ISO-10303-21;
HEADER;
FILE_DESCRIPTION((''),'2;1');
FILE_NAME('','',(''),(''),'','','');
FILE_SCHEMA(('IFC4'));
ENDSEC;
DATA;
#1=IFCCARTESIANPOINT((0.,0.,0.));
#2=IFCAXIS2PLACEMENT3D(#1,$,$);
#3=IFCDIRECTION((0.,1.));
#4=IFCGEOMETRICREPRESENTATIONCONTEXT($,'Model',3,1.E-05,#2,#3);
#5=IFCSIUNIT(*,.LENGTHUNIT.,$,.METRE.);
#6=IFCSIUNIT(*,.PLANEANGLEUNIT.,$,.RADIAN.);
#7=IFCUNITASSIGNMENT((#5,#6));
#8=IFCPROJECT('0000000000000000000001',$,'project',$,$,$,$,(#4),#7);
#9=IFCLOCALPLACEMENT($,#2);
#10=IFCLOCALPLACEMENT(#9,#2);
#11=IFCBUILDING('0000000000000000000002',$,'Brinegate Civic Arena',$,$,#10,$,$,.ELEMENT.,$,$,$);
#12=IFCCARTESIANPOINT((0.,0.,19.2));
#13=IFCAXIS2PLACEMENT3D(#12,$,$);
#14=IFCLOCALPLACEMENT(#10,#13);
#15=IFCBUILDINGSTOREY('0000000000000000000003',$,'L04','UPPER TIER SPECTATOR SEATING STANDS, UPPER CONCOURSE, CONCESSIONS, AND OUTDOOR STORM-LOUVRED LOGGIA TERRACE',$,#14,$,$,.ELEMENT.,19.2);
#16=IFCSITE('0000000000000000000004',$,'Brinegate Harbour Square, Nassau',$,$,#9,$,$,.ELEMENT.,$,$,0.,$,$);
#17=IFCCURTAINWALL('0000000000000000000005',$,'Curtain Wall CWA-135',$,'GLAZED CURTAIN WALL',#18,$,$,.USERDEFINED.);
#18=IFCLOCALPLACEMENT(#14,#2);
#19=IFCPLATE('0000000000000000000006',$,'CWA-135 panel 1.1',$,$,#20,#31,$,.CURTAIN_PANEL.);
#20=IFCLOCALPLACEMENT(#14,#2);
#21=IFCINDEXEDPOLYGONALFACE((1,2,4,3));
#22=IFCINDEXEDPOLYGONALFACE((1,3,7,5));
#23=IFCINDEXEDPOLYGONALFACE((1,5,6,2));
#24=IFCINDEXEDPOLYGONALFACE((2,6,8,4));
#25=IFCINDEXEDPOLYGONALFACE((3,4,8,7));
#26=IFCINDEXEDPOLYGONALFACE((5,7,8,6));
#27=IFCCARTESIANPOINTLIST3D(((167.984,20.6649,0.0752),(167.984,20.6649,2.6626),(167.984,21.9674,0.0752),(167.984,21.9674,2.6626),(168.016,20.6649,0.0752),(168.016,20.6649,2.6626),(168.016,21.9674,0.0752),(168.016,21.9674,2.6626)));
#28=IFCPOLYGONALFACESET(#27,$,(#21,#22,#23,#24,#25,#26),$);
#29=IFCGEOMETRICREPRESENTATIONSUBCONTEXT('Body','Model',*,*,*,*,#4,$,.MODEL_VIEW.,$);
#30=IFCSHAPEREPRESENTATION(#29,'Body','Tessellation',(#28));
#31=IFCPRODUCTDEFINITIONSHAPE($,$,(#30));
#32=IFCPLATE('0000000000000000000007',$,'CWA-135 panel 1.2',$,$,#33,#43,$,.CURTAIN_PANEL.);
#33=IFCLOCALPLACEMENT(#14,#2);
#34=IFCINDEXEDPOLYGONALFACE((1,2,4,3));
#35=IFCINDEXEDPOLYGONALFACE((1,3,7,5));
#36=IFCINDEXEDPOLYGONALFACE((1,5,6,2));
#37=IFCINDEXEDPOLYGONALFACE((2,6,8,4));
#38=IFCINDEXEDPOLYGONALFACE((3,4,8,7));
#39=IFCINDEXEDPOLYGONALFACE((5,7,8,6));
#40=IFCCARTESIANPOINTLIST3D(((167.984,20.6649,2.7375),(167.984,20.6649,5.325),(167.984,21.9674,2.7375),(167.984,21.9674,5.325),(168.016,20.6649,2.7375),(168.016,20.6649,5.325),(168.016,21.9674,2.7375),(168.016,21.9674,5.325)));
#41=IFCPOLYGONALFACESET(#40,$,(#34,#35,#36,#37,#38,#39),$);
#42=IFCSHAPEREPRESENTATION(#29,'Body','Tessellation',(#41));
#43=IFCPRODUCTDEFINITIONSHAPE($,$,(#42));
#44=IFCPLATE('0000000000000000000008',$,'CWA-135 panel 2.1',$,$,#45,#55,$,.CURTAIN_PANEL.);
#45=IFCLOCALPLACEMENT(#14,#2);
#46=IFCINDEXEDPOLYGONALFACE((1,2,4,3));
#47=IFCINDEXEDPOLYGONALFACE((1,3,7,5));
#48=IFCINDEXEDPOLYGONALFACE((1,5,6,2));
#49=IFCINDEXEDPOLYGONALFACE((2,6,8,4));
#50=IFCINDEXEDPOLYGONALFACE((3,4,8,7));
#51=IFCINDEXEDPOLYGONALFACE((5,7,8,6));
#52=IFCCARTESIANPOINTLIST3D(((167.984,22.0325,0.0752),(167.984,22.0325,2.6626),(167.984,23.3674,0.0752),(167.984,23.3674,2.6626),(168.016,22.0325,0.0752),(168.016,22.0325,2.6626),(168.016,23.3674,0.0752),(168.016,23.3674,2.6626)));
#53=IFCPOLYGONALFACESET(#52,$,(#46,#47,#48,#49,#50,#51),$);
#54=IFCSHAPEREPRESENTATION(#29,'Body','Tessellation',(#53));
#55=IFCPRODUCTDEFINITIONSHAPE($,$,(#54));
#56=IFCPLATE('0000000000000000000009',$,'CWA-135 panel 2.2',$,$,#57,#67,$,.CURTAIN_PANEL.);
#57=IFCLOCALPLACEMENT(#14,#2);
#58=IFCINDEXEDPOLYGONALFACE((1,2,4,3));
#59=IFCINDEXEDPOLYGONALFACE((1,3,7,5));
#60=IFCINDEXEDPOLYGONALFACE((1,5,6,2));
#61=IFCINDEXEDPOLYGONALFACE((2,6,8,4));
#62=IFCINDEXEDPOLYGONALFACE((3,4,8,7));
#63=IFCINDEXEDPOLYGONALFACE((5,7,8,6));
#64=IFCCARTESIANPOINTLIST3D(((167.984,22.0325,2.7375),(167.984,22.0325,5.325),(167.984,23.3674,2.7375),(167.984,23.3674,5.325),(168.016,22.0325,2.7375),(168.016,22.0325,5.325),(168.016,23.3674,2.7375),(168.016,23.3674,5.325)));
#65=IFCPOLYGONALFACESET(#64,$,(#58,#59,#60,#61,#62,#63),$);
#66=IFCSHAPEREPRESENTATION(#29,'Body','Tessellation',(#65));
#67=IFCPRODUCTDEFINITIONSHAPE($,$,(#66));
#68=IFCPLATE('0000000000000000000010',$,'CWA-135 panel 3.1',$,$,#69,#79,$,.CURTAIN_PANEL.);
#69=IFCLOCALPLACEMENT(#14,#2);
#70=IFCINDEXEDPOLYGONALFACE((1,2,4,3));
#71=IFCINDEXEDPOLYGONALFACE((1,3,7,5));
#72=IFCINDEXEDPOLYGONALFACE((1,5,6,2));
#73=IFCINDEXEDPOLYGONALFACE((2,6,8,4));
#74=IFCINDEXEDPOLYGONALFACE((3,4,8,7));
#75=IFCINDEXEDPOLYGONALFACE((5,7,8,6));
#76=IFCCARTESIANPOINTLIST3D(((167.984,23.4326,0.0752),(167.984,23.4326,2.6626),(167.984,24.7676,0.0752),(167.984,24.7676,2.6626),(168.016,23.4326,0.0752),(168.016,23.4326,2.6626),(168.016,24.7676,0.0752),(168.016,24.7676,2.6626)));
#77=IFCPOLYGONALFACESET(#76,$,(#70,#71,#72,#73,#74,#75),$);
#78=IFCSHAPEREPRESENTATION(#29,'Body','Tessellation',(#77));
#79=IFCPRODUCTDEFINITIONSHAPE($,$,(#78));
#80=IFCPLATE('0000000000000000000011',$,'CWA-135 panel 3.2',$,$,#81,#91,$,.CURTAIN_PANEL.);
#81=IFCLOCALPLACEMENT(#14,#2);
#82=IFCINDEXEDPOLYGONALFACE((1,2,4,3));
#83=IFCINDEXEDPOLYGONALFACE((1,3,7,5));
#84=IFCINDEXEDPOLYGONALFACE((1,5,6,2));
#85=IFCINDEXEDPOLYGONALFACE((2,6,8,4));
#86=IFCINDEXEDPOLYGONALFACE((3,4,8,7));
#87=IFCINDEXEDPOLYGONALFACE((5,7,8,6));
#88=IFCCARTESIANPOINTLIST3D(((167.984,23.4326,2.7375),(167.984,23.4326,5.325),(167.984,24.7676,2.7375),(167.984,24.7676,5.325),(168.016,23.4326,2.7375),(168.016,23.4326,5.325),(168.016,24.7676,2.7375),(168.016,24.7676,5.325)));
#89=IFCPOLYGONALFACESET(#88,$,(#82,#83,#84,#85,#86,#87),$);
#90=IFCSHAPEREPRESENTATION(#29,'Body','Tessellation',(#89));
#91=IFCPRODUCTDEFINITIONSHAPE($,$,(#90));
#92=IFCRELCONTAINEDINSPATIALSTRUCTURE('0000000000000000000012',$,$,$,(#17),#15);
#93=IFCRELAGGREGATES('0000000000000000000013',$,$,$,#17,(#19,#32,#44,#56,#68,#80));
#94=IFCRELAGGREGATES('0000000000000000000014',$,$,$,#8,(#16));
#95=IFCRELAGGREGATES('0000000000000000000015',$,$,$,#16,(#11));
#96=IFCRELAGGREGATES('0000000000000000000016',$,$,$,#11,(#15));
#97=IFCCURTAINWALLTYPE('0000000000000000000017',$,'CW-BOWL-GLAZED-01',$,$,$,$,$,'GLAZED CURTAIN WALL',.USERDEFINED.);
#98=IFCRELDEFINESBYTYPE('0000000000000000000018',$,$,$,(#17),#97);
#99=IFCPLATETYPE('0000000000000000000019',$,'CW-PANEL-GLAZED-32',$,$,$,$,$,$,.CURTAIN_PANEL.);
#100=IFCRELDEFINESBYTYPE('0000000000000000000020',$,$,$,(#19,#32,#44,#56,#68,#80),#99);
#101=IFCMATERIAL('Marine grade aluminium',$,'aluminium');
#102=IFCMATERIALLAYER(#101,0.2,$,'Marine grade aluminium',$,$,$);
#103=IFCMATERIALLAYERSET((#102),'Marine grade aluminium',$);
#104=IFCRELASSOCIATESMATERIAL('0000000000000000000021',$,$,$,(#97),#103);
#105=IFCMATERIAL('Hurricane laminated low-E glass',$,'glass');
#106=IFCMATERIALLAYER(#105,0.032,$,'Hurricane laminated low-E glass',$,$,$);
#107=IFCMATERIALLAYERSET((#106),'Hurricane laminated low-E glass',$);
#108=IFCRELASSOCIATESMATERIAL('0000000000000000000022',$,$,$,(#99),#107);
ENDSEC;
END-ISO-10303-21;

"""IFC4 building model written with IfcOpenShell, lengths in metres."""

from ifc_helpers import new_model, si_unit, direction, frame, origin, origin_2d, place, context, subcontext, project, spatial, rectangle, extrude, material, layer, layer_set, type_object, element, aggregate, save


model = new_model("IFC4")

# Units and contexts
model_context = context("Model", 3, precision=1e-05, world=origin(), true_north=direction((0.0, 1.0)))
body_context = subcontext(model_context, "Body", "Model", "MODEL_VIEW")
ifc_project = project(units=[si_unit("LENGTHUNIT", "METRE"), si_unit("PLANEANGLEUNIT", "RADIAN")], contexts=[model_context])

# Site, building, storey
site_placement = place(None, origin())
site = spatial("IfcSite", under=ifc_project, at=site_placement, Name="Brinegate Harbour Square, Nassau", CompositionType="ELEMENT", RefElevation=0.0)
building_placement = place(site_placement, origin())
building = spatial("IfcBuilding", under=site, at=building_placement, Name="Brinegate Civic Arena", CompositionType="ELEMENT")
storey_placement = place(building_placement, frame((0.0, 0.0, 19.2)))
storey = spatial("IfcBuildingStorey", under=building, at=storey_placement, Name="L04", Description="UPPER TIER SPECTATOR SEATING STANDS, UPPER CONCOURSE, CONCESSIONS, AND OUTDOOR STORM-LOUVRED LOGGIA TERRACE", CompositionType="ELEMENT", Elevation=19.2)

# Curtain wall
ifc_material_1 = material(Name="Marine grade aluminium", Category="aluminium")
ifc_layer_1 = layer(ifc_material_1, 0.2, Name="Marine grade aluminium")
ifc_layer_set_1 = layer_set([ifc_layer_1], Name="Marine grade aluminium")
curtain_wall_type = type_object("IfcCurtainWallType", Name="CW-BOWL-GLAZED-01", ElementType="GLAZED CURTAIN WALL", PredefinedType="USERDEFINED", material=ifc_layer_set_1)
curtain_wall_placement = place(storey_placement, origin())
curtain_wall = element("IfcCurtainWall", 1, at=curtain_wall_placement, inside=storey, type_object=curtain_wall_type, Name="Curtain Wall CWA-135", ObjectType="GLAZED CURTAIN WALL", PredefinedType="USERDEFINED")

# Plates
ifc_material_2 = material(Name="Hurricane laminated low-E glass", Category="glass")
ifc_layer_2 = layer(ifc_material_2, 0.032, Name="Hurricane laminated low-E glass")
ifc_layer_set_2 = layer_set([ifc_layer_2], Name="Hurricane laminated low-E glass")
plate_type = type_object("IfcPlateType", Name="CW-PANEL-GLAZED-32", PredefinedType="CURTAIN_PANEL", material=ifc_layer_set_2)
plate_1_placement = place(storey_placement, frame((168.0, 21.3162, 0.0752), z_axis=(0.0, 0.0, 1.0), x_axis=(0.0, 1.0, 0.0)))
plate_1 = element("IfcPlate", 2, at=plate_1_placement, type_object=plate_type, Name="CWA-135 panel 1.1", PredefinedType="CURTAIN_PANEL", context=body_context, shape_type="SweptSolid", body=[
    extrude(rectangle(XDim=1.3025, YDim=0.032, at=origin_2d()), origin(), (0.0, 0.0, 1.0), 2.5874),
])
plate_2_placement = place(storey_placement, frame((168.0, 21.3162, 2.7375), z_axis=(0.0, 0.0, 1.0), x_axis=(0.0, 1.0, 0.0)))
plate_2 = element("IfcPlate", 3, at=plate_2_placement, type_object=plate_type, Name="CWA-135 panel 1.2", PredefinedType="CURTAIN_PANEL", context=body_context, shape_type="SweptSolid", body=[
    extrude(rectangle(XDim=1.3025, YDim=0.032, at=origin_2d()), origin(), (0.0, 0.0, 1.0), 2.5874),
])
plate_3_placement = place(storey_placement, frame((168.0, 22.7, 0.0752), z_axis=(0.0, 0.0, 1.0), x_axis=(0.0, 1.0, 0.0)))
plate_3 = element("IfcPlate", 4, at=plate_3_placement, type_object=plate_type, Name="CWA-135 panel 2.1", PredefinedType="CURTAIN_PANEL", context=body_context, shape_type="SweptSolid", body=[
    extrude(rectangle(XDim=1.335, YDim=0.032, at=origin_2d()), origin(), (0.0, 0.0, 1.0), 2.5874),
])
plate_4_placement = place(storey_placement, frame((168.0, 22.7, 2.7375), z_axis=(0.0, 0.0, 1.0), x_axis=(0.0, 1.0, 0.0)))
plate_4 = element("IfcPlate", 5, at=plate_4_placement, type_object=plate_type, Name="CWA-135 panel 2.2", PredefinedType="CURTAIN_PANEL", context=body_context, shape_type="SweptSolid", body=[
    extrude(rectangle(XDim=1.335, YDim=0.032, at=origin_2d()), origin(), (0.0, 0.0, 1.0), 2.5874),
])
plate_5_placement = place(storey_placement, frame((168.0, 24.1001, 0.0752), z_axis=(0.0, 0.0, 1.0), x_axis=(0.0, 1.0, 0.0)))
plate_5 = element("IfcPlate", 6, at=plate_5_placement, type_object=plate_type, Name="CWA-135 panel 3.1", PredefinedType="CURTAIN_PANEL", context=body_context, shape_type="SweptSolid", body=[
    extrude(rectangle(XDim=1.335, YDim=0.032, at=origin_2d()), origin(), (0.0, 0.0, 1.0), 2.5874),
])
plate_6_placement = place(storey_placement, frame((168.0, 24.1001, 2.7375), z_axis=(0.0, 0.0, 1.0), x_axis=(0.0, 1.0, 0.0)))
plate_6 = element("IfcPlate", 7, at=plate_6_placement, type_object=plate_type, Name="CWA-135 panel 3.2", PredefinedType="CURTAIN_PANEL", context=body_context, shape_type="SweptSolid", body=[
    extrude(rectangle(XDim=1.335, YDim=0.032, at=origin_2d()), origin(), (0.0, 0.0, 1.0), 2.5874),
])
aggregate(curtain_wall, [plate_1, plate_2, plate_3, plate_4, plate_5, plate_6])

save(model, "model.ifc")
